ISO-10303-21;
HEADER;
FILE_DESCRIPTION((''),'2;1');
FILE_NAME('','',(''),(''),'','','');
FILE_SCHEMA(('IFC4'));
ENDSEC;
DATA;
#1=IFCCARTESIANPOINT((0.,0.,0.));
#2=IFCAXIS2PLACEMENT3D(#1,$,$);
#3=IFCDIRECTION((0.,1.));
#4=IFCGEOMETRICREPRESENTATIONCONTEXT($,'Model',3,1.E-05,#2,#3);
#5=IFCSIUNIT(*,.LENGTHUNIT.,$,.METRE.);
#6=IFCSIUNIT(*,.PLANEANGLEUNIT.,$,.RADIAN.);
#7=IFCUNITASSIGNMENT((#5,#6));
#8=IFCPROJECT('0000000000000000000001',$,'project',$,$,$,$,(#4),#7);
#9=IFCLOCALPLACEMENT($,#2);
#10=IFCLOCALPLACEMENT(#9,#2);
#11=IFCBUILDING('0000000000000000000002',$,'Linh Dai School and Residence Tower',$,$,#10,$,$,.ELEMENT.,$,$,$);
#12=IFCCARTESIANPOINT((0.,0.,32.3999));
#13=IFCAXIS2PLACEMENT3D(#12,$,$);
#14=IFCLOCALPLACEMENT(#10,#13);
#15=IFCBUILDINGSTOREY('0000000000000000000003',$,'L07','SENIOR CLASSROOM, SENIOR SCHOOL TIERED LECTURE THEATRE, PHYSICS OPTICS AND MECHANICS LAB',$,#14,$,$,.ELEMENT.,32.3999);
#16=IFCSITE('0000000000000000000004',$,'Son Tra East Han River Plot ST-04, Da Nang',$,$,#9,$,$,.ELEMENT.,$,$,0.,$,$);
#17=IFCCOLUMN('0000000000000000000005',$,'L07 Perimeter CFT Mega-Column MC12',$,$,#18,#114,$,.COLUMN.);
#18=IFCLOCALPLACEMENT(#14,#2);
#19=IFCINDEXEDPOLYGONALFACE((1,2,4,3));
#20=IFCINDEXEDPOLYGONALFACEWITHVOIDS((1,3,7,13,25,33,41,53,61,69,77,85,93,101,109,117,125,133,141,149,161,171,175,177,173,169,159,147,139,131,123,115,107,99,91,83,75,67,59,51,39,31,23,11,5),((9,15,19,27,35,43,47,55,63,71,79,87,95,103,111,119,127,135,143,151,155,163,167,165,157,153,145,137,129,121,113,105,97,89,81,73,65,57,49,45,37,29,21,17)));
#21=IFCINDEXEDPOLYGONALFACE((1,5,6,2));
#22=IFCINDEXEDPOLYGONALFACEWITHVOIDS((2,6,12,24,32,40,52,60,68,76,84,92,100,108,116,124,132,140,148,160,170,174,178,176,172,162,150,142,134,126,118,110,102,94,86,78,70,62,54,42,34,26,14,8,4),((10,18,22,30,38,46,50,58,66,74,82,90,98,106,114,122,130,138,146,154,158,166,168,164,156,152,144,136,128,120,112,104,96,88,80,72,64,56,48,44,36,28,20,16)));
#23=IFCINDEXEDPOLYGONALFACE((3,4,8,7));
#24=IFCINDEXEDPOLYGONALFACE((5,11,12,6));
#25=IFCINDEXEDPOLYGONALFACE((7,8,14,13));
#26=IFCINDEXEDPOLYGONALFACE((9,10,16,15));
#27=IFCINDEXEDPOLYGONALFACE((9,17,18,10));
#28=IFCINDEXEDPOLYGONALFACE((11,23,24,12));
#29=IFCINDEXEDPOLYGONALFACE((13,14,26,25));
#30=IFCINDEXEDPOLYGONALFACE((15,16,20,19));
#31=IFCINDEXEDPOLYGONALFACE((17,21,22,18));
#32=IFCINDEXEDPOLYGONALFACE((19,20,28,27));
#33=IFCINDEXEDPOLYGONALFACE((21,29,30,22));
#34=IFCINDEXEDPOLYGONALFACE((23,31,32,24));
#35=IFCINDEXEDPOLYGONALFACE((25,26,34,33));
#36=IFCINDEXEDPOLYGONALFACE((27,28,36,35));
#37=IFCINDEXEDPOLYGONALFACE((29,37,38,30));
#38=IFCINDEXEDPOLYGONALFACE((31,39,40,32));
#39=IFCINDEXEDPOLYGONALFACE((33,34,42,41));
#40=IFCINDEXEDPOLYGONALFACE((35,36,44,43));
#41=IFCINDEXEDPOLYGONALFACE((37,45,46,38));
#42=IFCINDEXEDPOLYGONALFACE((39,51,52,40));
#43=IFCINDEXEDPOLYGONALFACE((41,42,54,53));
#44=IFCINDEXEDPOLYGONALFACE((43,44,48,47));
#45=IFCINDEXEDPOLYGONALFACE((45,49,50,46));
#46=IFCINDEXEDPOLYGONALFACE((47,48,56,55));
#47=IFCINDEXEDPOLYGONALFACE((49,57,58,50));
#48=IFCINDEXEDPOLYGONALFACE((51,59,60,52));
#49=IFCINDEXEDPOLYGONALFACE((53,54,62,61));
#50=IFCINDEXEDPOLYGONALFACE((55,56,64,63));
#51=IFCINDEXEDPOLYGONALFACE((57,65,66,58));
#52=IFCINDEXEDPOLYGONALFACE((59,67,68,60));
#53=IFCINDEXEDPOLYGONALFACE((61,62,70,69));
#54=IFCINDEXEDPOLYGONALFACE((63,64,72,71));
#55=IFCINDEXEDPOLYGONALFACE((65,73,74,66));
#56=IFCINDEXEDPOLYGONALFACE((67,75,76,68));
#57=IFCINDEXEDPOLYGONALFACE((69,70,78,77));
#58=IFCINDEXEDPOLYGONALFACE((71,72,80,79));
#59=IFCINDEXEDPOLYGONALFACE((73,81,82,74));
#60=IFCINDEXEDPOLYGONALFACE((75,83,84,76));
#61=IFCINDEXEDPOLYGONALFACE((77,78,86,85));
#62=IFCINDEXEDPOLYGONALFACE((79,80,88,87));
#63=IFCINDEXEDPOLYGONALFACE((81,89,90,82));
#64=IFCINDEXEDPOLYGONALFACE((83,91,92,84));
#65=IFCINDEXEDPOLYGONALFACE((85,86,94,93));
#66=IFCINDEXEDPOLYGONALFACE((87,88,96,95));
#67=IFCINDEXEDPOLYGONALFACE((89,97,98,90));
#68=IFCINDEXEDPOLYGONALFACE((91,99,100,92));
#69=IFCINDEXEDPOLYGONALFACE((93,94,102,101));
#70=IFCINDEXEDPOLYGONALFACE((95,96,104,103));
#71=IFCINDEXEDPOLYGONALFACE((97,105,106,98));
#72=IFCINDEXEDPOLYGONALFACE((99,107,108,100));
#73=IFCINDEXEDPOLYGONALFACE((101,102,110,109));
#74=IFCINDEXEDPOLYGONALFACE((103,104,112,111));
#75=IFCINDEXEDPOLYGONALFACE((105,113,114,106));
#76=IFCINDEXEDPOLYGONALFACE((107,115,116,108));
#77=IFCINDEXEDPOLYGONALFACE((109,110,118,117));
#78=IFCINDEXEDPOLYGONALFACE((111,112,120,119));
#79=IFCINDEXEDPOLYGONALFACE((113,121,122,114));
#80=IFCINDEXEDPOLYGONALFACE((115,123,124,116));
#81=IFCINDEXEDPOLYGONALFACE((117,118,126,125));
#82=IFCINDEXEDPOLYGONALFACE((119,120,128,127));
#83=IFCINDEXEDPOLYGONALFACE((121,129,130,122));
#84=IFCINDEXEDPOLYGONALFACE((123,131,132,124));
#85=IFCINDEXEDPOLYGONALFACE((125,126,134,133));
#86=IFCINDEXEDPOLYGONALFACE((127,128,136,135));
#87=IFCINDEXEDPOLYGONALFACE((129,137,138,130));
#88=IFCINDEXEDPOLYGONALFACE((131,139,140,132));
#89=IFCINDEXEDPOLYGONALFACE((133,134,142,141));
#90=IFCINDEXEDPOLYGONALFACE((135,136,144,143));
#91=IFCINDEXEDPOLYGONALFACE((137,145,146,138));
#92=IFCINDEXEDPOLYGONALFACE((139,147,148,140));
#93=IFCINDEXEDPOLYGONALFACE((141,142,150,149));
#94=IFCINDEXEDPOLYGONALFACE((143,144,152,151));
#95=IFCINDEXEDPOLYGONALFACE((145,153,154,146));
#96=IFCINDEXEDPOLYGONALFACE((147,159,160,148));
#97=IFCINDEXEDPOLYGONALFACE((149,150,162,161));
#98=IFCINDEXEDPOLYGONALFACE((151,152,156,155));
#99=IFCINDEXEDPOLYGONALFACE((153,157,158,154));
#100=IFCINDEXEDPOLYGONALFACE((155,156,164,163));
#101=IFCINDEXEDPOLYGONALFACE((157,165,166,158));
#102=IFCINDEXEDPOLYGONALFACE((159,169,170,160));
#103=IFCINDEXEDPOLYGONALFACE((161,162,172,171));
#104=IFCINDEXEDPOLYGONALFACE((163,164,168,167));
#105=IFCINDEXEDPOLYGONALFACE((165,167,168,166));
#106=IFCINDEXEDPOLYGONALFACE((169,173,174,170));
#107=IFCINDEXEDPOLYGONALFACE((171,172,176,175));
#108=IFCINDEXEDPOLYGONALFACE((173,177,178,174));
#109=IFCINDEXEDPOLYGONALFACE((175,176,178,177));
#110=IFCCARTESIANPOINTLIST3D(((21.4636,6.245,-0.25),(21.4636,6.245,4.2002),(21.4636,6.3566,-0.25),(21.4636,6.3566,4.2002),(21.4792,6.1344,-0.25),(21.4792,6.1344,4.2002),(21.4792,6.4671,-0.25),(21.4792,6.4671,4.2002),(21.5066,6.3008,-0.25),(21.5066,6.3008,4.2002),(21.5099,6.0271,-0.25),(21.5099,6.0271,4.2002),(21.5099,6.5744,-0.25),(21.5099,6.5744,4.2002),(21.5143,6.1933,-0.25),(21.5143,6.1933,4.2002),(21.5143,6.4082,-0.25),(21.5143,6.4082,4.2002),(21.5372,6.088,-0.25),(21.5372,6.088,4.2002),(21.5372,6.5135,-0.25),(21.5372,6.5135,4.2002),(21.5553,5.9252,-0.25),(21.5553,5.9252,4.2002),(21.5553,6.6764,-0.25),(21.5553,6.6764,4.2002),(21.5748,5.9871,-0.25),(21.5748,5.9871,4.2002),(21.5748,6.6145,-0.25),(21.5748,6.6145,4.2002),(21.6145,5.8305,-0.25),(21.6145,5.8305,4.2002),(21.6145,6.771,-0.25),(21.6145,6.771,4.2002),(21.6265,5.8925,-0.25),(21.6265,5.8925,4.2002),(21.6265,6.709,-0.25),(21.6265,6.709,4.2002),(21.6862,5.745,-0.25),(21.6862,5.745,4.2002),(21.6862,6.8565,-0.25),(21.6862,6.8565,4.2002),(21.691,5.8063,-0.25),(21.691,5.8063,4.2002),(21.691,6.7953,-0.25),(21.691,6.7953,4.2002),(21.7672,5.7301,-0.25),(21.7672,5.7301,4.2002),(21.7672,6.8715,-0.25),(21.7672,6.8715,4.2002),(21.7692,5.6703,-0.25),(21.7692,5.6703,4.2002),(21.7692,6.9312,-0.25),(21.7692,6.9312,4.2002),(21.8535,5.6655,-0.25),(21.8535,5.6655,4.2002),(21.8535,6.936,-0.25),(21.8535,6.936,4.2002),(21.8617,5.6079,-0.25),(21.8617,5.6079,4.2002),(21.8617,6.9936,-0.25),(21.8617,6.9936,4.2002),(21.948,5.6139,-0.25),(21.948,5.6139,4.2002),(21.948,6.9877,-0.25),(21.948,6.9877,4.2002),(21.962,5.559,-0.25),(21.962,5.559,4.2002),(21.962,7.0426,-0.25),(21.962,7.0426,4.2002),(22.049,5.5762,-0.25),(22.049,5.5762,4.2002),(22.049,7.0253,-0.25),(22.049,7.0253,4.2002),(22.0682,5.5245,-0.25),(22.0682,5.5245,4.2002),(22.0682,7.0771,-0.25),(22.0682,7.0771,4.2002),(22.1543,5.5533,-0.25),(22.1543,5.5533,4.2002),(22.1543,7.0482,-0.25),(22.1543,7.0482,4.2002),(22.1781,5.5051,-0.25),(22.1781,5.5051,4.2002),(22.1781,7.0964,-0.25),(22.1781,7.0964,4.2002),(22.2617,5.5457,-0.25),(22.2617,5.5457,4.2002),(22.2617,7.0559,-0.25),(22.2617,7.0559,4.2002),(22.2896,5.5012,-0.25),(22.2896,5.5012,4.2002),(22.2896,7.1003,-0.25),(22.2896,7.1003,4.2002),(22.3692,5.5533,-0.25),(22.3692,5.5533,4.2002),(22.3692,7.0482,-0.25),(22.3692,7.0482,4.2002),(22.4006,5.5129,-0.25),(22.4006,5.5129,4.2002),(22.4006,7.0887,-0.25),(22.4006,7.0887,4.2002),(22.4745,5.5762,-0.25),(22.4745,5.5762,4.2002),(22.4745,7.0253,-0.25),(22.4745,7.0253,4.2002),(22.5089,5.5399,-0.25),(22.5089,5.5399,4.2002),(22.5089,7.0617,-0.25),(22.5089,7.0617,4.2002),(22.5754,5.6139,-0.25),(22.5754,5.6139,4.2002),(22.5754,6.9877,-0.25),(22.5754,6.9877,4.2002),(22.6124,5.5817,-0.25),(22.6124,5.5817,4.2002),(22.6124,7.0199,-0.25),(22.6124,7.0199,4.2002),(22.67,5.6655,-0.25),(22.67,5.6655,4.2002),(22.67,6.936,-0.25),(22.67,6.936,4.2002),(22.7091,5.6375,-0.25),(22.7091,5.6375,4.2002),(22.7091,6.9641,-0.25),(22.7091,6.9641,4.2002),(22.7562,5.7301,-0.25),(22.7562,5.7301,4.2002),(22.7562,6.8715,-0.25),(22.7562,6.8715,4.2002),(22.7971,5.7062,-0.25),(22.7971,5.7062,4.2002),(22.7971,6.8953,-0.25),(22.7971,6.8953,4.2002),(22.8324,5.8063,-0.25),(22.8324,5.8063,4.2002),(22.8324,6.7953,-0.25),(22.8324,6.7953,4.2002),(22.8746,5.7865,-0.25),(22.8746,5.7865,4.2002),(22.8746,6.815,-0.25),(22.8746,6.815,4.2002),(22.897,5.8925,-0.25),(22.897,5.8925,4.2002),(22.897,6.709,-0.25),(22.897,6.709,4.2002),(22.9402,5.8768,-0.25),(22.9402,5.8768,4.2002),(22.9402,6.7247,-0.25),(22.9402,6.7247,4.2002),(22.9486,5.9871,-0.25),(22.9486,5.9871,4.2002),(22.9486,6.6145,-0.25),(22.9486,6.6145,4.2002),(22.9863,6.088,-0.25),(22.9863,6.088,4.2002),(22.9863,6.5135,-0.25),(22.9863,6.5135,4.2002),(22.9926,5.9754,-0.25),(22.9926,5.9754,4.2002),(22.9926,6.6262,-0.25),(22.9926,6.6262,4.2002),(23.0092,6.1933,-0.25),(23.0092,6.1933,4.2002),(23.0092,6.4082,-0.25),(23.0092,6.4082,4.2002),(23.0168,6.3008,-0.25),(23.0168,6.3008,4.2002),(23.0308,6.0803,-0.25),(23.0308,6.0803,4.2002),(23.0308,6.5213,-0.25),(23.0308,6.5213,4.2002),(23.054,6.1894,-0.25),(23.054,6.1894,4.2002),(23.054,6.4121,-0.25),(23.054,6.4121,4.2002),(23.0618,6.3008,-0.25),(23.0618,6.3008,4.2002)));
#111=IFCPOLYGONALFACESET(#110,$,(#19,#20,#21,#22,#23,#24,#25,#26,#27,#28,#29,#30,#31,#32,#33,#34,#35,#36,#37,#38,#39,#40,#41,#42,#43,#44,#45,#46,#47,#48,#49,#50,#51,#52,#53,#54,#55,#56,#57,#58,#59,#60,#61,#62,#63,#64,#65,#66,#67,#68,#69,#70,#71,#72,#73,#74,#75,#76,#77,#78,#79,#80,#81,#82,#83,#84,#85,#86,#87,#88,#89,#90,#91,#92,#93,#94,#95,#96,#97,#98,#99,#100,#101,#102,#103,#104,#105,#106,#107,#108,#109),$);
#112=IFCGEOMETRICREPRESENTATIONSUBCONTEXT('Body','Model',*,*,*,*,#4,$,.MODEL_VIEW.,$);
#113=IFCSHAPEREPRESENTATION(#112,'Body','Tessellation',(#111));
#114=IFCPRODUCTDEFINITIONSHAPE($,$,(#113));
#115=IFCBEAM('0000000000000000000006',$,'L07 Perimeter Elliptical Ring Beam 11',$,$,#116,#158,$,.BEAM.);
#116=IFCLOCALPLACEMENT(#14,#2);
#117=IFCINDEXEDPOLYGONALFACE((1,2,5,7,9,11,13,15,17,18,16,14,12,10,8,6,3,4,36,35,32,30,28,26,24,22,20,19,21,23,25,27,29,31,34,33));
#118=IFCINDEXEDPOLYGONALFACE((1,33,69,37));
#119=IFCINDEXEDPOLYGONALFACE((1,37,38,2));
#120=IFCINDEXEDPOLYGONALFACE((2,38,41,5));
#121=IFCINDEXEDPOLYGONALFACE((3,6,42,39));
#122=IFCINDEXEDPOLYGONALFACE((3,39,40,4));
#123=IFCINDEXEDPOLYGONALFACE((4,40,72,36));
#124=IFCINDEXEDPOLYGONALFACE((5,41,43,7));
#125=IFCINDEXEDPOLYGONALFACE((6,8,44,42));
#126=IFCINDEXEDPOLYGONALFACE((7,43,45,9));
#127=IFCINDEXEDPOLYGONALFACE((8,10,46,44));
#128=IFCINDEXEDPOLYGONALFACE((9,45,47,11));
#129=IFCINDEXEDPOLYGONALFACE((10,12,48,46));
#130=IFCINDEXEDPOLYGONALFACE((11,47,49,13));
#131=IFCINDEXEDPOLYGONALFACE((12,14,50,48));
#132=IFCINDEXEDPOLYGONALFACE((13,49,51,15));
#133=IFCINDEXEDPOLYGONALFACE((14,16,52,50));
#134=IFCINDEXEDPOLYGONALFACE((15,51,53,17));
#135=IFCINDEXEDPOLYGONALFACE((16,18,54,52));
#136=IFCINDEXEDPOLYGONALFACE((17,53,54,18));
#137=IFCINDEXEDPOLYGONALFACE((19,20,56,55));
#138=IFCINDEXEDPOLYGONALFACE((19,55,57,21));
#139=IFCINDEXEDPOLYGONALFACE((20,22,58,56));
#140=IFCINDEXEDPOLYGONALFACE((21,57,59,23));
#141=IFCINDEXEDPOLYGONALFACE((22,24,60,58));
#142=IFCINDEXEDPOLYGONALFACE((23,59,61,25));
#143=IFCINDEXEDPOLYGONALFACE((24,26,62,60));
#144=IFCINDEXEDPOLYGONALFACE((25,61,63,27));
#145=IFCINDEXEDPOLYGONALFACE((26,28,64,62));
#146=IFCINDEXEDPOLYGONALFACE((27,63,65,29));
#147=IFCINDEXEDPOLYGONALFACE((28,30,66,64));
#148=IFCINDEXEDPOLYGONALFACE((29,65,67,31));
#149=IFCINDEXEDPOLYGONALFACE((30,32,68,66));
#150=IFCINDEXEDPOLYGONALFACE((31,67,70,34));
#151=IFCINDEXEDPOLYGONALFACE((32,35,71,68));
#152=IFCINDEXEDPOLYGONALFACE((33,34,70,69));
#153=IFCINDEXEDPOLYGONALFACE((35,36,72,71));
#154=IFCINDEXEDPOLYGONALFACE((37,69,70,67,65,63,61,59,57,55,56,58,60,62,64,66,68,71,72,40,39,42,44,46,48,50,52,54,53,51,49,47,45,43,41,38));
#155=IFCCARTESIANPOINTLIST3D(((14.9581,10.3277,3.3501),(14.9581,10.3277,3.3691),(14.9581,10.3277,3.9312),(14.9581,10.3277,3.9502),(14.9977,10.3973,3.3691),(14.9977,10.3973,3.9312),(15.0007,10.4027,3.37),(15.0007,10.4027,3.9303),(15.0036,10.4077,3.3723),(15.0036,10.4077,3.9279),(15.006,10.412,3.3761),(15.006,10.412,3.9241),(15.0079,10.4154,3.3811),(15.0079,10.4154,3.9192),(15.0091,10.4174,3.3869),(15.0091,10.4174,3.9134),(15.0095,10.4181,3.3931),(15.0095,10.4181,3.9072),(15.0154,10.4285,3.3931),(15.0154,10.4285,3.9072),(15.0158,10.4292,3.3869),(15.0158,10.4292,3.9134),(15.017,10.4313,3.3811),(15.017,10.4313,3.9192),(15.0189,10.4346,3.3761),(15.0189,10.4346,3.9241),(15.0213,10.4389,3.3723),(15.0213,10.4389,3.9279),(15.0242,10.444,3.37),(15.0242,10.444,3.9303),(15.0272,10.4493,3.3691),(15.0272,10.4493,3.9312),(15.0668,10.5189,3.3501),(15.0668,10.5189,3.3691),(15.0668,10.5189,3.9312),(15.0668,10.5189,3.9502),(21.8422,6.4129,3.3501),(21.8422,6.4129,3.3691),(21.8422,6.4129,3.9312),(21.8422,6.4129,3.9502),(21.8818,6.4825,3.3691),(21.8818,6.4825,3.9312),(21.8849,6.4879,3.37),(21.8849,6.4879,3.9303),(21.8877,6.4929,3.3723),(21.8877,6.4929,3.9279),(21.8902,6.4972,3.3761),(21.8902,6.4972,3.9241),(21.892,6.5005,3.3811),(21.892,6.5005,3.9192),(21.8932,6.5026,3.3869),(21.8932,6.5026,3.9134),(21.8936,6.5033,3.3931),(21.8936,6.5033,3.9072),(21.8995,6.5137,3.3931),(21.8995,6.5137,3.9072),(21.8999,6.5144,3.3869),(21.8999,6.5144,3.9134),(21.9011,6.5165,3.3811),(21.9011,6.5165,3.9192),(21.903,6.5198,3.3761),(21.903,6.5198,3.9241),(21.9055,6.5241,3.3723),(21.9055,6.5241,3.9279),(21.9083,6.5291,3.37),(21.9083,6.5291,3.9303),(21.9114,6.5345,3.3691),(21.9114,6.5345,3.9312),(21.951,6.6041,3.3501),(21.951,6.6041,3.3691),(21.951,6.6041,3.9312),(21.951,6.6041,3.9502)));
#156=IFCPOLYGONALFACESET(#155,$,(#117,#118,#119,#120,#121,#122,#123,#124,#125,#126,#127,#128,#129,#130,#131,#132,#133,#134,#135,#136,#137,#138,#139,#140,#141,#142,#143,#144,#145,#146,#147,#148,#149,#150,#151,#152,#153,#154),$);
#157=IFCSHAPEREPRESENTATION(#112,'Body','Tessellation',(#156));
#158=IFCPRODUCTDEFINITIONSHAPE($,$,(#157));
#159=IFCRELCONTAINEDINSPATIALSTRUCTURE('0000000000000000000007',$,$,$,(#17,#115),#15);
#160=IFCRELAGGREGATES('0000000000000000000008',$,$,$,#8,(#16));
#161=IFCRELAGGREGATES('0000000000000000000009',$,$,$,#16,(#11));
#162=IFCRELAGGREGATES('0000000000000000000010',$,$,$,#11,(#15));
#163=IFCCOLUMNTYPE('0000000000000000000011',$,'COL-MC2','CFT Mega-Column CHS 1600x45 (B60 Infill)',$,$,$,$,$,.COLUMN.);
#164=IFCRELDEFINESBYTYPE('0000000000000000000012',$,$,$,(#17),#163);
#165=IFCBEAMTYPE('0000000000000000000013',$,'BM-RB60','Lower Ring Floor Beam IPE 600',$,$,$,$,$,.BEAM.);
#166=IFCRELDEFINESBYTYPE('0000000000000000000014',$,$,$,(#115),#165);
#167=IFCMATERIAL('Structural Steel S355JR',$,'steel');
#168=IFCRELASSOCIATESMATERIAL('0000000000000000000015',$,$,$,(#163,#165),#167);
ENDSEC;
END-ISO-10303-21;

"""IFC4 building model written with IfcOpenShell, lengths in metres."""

from ifc_helpers import new_model, si_unit, direction, frame, origin, origin_2d, place, context, subcontext, project, spatial, hollow_circle, i_section, extrude, material, material_profile, profile_set, type_object, element, save


model = new_model("IFC4")

# Units and contexts
model_context = context("Model", 3, precision=1e-05, world=origin(), true_north=direction((0.0, 1.0)))
body_context = subcontext(model_context, "Body", "Model", "MODEL_VIEW")
ifc_project = project(units=[si_unit("LENGTHUNIT", "METRE"), si_unit("PLANEANGLEUNIT", "RADIAN")], contexts=[model_context])

# Site, building, storey
site_placement = place(None, origin())
site = spatial("IfcSite", under=ifc_project, at=site_placement, Name="Son Tra East Han River Plot ST-04, Da Nang", CompositionType="ELEMENT", RefElevation=0.0)
building_placement = place(site_placement, origin())
building = spatial("IfcBuilding", under=site, at=building_placement, Name="Linh Dai School and Residence Tower", CompositionType="ELEMENT")
storey_placement = place(building_placement, frame((0.0, 0.0, 32.3999)))
storey = spatial("IfcBuildingStorey", under=building, at=storey_placement, Name="L07", Description="SENIOR CLASSROOM, SENIOR SCHOOL TIERED LECTURE THEATRE, PHYSICS OPTICS AND MECHANICS LAB", CompositionType="ELEMENT", Elevation=32.3999)

# Column
ifc_material_1 = material(Name="Structural Steel S355JR", Category="steel")
ifc_material_profile_1 = material_profile(ifc_material_1, hollow_circle(Radius=0.8, WallThickness=0.0449, at=origin_2d()), Name="CHS 1600x45")
ifc_profile_set_1 = profile_set([ifc_material_profile_1], Name="Structural Steel S355JR")
column_type = type_object("IfcColumnType", Name="COL-MC2", Description="CFT Mega-Column CHS 1600x45 (B60 Infill)", PredefinedType="COLUMN", material=ifc_profile_set_1)
for number, where, z_axis, x_axis, name in (
    (1, (22.2617, 6.3008, -0.25), (0.0, 0.0, 1.0), (1.0, 0.0, 0.0), "L07 Perimeter CFT Mega-Column MC12"),
):
    element("IfcColumn", number, at=place(storey_placement, frame(where, z_axis=z_axis, x_axis=x_axis)), inside=storey, type_object=column_type, Name=name, PredefinedType="COLUMN", context=body_context, shape_type="SweptSolid", body=[
        extrude(hollow_circle(Radius=0.8, WallThickness=0.0449, at=origin_2d()), origin(), (0.0, 0.0, 1.0), 4.4502),
    ])

# Beam
ifc_material_profile_2 = material_profile(ifc_material_1, i_section(OverallWidth=0.22, OverallDepth=0.6001, WebThickness=0.012, FlangeThickness=0.019, FilletRadius=0.0239, at=origin_2d()), Name="IPE 600")
ifc_profile_set_2 = profile_set([ifc_material_profile_2], Name="Structural Steel S355JR")
beam_type = type_object("IfcBeamType", Name="BM-RB60", Description="Lower Ring Floor Beam IPE 600", PredefinedType="BEAM", material=ifc_profile_set_2)
beam_1_placement = place(storey_placement, frame((15.0125, 10.4233, 3.6501), z_axis=(0.869271, -0.494335, 0.0), x_axis=(0.494335, 0.869271, 0.0)))
element("IfcBeam", 2, at=beam_1_placement, inside=storey, type_object=beam_type, Name="L07 Perimeter Elliptical Ring Beam 11", PredefinedType="BEAM", context=body_context, shape_type="SweptSolid", body=[
    extrude(i_section(OverallWidth=0.22, OverallDepth=0.6001, WebThickness=0.012, FlangeThickness=0.019, FilletRadius=0.0239, at=origin_2d()), origin(), (0.0, 0.0, 1.0), 7.9194),
])

save(model, "model.ifc")
